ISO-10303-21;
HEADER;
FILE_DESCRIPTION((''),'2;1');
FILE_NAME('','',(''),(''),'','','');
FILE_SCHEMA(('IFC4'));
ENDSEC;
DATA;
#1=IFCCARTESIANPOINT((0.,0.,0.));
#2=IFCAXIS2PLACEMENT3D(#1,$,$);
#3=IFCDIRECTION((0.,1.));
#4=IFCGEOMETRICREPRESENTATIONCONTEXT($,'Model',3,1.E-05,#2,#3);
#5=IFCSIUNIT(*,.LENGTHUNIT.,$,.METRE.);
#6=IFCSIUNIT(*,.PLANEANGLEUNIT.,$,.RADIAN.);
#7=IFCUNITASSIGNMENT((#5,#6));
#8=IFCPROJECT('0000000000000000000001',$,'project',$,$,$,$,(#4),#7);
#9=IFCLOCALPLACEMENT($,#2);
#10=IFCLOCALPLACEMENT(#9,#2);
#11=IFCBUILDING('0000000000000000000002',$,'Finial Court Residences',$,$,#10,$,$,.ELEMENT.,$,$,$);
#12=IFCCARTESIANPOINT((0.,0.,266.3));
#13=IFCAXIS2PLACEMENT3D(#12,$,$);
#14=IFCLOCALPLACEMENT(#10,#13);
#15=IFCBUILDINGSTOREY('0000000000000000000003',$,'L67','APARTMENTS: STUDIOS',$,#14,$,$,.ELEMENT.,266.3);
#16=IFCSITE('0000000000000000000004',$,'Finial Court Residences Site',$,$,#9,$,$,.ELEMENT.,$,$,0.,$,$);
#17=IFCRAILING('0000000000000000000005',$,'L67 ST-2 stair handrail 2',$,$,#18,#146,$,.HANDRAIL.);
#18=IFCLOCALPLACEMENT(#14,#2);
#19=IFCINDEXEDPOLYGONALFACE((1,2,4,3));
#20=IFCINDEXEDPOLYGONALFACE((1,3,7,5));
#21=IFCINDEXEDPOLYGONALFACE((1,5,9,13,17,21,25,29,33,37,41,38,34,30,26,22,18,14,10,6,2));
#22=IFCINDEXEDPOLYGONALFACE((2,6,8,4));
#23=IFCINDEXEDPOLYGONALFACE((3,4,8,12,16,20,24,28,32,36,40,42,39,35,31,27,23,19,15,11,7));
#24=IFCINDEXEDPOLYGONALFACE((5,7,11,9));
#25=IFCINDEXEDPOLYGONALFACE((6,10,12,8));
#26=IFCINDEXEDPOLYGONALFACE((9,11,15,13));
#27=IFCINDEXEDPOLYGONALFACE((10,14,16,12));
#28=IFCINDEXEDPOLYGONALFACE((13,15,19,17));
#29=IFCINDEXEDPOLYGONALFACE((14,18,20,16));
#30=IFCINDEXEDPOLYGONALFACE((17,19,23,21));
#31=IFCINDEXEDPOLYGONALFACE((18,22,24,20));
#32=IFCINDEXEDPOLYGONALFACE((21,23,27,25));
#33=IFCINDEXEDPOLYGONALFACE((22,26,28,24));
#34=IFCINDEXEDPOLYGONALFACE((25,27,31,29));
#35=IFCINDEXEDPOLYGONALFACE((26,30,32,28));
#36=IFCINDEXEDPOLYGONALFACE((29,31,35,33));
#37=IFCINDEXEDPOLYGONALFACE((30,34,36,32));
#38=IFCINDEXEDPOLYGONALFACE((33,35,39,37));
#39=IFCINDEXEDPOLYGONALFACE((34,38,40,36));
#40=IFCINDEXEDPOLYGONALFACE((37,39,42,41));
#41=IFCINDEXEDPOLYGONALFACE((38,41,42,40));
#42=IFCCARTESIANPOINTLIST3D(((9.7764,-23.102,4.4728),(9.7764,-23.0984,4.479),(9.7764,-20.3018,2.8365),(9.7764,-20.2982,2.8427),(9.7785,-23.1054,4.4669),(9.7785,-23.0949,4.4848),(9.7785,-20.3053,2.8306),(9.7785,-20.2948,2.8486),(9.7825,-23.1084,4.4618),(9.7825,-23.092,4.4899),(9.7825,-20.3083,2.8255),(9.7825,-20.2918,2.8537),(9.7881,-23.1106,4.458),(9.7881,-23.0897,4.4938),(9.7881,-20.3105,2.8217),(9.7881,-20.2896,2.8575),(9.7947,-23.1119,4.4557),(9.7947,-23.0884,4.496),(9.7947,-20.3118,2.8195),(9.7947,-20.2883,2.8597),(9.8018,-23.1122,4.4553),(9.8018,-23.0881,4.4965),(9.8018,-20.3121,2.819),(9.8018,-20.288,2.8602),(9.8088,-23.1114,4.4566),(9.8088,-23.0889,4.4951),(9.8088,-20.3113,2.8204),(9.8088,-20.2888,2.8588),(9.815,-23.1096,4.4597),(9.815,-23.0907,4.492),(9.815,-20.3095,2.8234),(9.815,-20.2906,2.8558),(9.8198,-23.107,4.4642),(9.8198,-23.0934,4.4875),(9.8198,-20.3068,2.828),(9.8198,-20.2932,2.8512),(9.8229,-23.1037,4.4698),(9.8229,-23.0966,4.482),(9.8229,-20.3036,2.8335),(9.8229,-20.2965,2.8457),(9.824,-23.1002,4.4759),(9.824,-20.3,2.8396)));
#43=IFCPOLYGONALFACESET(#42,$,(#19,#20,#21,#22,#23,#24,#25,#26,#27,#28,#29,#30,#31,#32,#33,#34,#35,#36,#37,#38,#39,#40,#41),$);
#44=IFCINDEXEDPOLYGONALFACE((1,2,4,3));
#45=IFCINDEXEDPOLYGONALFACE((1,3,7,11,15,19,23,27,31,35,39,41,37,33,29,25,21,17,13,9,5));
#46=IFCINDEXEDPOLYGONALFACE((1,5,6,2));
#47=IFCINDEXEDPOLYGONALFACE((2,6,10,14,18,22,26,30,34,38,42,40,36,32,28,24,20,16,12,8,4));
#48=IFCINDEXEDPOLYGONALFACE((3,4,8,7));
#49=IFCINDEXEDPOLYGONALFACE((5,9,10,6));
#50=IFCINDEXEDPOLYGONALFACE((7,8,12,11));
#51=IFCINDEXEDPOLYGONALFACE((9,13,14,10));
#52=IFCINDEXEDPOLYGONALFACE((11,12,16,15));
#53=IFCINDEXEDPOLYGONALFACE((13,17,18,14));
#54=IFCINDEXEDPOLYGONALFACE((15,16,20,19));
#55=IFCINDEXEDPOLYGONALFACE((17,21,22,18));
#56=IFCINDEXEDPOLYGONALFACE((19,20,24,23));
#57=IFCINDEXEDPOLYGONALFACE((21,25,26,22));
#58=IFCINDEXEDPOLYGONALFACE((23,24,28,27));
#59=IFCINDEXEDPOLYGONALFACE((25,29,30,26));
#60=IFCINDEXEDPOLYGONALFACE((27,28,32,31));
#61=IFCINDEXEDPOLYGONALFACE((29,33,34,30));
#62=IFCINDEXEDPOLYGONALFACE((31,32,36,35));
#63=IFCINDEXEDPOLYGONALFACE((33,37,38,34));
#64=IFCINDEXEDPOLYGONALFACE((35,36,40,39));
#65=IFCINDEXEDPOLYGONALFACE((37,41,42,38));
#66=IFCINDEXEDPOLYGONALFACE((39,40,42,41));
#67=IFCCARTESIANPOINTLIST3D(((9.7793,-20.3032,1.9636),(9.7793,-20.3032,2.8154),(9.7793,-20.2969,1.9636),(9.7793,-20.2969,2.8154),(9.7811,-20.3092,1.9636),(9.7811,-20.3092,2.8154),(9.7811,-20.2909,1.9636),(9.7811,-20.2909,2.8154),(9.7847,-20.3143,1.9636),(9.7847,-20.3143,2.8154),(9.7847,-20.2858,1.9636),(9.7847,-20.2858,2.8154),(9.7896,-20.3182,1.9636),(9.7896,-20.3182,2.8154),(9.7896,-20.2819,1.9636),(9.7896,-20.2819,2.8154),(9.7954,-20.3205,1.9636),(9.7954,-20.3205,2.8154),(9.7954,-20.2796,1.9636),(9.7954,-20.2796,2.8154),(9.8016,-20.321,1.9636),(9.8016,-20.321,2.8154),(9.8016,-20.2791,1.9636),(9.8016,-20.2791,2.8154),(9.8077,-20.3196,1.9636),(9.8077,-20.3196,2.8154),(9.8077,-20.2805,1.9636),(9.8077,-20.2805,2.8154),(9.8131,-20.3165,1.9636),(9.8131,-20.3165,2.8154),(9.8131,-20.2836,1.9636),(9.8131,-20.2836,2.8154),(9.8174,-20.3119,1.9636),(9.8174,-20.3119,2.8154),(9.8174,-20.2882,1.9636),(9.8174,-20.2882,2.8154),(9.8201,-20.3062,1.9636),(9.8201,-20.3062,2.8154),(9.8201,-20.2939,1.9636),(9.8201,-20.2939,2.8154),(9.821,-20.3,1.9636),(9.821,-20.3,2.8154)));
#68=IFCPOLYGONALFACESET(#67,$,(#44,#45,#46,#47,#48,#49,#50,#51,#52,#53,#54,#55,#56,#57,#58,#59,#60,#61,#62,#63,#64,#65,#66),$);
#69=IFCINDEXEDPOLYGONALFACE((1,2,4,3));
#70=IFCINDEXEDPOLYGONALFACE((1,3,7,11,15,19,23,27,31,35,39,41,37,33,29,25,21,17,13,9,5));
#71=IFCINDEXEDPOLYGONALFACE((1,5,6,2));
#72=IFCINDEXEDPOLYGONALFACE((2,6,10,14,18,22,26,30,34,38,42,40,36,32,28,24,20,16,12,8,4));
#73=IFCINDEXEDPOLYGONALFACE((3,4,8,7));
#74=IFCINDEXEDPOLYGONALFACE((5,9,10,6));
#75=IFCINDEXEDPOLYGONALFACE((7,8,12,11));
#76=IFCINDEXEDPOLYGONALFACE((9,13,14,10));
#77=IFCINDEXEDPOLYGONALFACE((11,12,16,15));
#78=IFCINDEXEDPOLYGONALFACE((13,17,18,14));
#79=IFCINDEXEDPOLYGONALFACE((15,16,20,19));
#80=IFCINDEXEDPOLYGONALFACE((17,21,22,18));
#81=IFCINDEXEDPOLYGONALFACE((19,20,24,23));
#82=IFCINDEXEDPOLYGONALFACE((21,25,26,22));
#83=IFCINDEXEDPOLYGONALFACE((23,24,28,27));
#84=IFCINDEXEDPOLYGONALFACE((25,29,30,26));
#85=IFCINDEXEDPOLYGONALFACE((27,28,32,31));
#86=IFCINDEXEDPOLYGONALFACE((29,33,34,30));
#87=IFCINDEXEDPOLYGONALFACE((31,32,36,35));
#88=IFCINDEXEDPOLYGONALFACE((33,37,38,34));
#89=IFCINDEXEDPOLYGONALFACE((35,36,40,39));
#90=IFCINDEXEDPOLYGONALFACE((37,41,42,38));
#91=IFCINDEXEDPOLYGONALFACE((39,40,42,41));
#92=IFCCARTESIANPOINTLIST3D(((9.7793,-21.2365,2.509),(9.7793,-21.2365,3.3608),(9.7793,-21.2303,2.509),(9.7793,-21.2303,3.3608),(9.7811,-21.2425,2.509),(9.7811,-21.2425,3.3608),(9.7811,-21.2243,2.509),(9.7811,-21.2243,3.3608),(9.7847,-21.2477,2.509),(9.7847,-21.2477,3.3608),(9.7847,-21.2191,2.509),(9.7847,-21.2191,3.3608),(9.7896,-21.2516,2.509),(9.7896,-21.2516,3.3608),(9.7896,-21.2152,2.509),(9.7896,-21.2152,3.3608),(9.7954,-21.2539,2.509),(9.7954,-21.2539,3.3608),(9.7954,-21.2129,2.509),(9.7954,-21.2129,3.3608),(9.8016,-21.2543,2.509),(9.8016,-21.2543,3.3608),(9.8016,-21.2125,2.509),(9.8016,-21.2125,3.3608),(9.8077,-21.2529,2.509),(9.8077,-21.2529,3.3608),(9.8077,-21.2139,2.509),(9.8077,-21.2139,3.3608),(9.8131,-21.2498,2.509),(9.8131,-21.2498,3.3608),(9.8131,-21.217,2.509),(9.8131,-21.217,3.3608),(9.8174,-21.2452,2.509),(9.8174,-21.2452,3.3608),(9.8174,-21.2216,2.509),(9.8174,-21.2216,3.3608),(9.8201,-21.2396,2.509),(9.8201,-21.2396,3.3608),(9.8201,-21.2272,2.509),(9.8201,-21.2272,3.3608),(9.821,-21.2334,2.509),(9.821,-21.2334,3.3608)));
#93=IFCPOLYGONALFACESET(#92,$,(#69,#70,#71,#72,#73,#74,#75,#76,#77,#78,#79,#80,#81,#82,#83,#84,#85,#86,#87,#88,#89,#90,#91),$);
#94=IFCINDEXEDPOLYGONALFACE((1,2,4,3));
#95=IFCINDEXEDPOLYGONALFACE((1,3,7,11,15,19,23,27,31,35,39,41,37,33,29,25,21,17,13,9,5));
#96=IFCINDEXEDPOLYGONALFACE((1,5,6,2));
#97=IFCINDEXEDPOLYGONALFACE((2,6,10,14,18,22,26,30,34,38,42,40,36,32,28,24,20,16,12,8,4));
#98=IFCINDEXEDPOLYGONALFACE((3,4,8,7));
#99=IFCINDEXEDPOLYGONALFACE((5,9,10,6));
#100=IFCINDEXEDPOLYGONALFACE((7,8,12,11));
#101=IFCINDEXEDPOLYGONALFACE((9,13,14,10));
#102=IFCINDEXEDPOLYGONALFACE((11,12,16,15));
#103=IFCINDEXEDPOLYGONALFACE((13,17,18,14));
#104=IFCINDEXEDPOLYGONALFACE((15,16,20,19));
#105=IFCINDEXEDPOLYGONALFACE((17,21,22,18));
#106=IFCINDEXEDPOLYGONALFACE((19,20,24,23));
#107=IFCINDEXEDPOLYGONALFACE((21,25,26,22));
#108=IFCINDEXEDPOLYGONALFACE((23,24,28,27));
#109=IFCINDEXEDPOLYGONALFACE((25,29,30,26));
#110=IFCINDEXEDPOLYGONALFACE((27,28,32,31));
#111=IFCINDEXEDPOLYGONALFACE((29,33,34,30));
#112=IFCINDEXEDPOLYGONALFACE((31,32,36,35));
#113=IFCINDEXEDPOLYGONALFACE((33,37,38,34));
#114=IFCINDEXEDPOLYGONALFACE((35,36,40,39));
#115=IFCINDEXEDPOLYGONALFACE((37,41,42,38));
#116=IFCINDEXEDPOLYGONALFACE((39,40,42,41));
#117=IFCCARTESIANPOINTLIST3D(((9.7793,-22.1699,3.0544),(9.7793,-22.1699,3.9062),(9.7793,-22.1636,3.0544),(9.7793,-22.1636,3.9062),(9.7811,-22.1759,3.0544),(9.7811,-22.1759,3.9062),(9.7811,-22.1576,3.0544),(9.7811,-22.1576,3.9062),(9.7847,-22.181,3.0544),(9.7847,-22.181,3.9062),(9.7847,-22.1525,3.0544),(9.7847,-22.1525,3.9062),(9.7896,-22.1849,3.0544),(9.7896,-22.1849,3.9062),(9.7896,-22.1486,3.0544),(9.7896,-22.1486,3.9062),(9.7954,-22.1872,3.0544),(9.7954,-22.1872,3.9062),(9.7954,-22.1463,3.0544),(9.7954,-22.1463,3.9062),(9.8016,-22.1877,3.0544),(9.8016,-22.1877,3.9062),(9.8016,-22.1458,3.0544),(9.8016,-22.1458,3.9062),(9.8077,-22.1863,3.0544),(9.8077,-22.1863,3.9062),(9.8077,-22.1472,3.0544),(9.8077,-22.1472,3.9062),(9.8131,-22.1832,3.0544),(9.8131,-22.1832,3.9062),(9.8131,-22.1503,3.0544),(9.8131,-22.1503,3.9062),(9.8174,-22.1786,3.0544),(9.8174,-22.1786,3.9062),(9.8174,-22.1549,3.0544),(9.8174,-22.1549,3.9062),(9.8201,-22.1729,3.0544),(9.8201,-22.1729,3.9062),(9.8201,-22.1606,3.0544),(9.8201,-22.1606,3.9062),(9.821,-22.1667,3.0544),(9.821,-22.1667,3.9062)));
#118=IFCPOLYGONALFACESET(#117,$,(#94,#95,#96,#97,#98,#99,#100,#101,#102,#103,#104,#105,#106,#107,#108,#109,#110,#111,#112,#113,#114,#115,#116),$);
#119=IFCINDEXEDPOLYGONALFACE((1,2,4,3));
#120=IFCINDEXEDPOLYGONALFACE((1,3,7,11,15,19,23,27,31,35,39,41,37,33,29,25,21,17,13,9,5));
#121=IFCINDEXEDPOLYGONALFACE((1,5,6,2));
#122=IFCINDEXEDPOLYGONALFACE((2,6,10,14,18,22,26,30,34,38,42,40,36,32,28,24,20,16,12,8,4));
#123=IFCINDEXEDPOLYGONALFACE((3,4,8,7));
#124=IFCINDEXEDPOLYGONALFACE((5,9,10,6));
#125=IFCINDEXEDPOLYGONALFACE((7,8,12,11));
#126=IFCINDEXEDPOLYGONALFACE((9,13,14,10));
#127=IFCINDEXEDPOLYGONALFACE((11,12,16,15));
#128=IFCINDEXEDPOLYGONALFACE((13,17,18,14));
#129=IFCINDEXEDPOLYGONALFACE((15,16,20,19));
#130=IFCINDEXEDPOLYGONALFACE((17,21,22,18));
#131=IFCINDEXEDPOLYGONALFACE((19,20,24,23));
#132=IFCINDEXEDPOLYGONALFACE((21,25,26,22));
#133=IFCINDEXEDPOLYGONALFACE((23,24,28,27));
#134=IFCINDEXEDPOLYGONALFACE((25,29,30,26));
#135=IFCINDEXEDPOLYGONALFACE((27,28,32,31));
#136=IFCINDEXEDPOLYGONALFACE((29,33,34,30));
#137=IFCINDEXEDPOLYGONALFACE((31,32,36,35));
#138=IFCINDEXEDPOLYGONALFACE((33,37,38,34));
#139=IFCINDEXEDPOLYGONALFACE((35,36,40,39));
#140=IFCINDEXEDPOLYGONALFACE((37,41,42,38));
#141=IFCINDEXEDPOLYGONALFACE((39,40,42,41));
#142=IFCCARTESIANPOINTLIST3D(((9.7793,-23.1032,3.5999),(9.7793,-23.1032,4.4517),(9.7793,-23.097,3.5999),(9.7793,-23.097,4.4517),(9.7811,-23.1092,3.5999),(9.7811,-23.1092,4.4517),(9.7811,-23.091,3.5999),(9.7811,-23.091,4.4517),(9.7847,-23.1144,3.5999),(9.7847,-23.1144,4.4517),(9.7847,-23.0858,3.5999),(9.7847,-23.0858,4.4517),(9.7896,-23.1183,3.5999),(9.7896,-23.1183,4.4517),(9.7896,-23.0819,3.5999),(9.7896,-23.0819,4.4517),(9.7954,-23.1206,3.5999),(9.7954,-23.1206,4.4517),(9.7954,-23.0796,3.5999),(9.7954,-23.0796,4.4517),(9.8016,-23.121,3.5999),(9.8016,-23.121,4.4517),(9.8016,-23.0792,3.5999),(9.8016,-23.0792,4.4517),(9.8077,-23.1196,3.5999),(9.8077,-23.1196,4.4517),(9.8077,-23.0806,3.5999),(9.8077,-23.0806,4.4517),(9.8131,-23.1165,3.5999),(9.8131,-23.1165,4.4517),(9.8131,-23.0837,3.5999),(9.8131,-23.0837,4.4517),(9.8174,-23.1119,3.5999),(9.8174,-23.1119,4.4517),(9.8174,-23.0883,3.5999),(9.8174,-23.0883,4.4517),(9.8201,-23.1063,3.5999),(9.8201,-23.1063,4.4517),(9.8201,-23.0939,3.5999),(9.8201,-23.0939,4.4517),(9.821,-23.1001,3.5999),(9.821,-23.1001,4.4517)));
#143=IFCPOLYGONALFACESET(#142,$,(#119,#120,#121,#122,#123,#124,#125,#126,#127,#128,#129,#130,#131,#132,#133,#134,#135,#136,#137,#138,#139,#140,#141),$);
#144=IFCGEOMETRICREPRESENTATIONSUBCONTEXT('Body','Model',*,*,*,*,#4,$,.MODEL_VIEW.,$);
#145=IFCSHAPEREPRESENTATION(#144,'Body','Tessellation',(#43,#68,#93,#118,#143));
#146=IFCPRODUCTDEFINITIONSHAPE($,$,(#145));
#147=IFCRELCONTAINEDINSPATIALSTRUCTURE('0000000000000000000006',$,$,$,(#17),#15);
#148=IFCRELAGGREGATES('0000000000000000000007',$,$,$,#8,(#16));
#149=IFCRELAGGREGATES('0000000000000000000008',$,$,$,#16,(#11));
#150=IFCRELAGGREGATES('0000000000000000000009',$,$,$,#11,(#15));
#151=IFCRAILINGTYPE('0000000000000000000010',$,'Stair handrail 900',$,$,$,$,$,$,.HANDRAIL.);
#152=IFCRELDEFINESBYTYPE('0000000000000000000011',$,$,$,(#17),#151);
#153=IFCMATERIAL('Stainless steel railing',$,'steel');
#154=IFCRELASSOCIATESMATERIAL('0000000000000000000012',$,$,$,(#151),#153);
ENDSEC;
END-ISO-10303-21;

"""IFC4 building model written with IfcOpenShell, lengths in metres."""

from ifc_helpers import new_model, si_unit, direction, frame, origin, origin_2d, place, context, subcontext, project, spatial, circle, extrude, material, type_object, element, save


model = new_model("IFC4")

# Units and contexts
model_context = context("Model", 3, precision=1e-05, world=origin(), true_north=direction((0.0, 1.0)))
body_context = subcontext(model_context, "Body", "Model", "MODEL_VIEW")
ifc_project = project(units=[si_unit("LENGTHUNIT", "METRE"), si_unit("PLANEANGLEUNIT", "RADIAN")], contexts=[model_context])

# Site, building, storey
site_placement = place(None, origin())
site = spatial("IfcSite", under=ifc_project, at=site_placement, Name="Finial Court Residences Site", CompositionType="ELEMENT", RefElevation=0.0)
building_placement = place(site_placement, origin())
building = spatial("IfcBuilding", under=site, at=building_placement, Name="Finial Court Residences", CompositionType="ELEMENT")
storey_placement = place(building_placement, frame((0.0, 0.0, 266.3)))
storey = spatial("IfcBuildingStorey", under=building, at=storey_placement, Name="L67", Description="APARTMENTS: STUDIOS", CompositionType="ELEMENT", Elevation=266.3)

# Railing
ifc_material_1 = material(Name="Stainless steel railing", Category="steel")
railing_type_1 = type_object("IfcRailingType", Name="Stair handrail 900", PredefinedType="HANDRAIL", material=ifc_material_1)
railing_1_placement = place(storey_placement, frame((9.8, -20.3, 1.9636)))
element("IfcRailing", 1, at=railing_1_placement, inside=storey, type_object=railing_type_1, Name="L67 ST-2 stair handrail 2", PredefinedType="HANDRAIL", context=body_context, shape_type="SweptSolid", body=[
    extrude(circle(Radius=0.0239, at=origin_2d()), frame((0.0, 0.0, 0.876), z_axis=(0.0, -0.863394, 0.504531), x_axis=(1.0, 0.0, 0.0)), (0.0, 0.0, 1.0), 3.2432),
    extrude(circle(Radius=0.021, at=origin_2d()), origin(), (0.0, 0.0, 1.0), 0.8518),
    extrude(circle(Radius=0.021, at=origin_2d()), frame((0.0, -0.9333, 0.5454)), (0.0, 0.0, 1.0), 0.8518),
    extrude(circle(Radius=0.021, at=origin_2d()), frame((0.0, -1.8667, 1.0908)), (0.0, 0.0, 1.0), 0.8518),
    extrude(circle(Radius=0.021, at=origin_2d()), frame((0.0, -2.8, 1.6362)), (0.0, 0.0, 1.0), 0.8518),
])

save(model, "model.ifc")
